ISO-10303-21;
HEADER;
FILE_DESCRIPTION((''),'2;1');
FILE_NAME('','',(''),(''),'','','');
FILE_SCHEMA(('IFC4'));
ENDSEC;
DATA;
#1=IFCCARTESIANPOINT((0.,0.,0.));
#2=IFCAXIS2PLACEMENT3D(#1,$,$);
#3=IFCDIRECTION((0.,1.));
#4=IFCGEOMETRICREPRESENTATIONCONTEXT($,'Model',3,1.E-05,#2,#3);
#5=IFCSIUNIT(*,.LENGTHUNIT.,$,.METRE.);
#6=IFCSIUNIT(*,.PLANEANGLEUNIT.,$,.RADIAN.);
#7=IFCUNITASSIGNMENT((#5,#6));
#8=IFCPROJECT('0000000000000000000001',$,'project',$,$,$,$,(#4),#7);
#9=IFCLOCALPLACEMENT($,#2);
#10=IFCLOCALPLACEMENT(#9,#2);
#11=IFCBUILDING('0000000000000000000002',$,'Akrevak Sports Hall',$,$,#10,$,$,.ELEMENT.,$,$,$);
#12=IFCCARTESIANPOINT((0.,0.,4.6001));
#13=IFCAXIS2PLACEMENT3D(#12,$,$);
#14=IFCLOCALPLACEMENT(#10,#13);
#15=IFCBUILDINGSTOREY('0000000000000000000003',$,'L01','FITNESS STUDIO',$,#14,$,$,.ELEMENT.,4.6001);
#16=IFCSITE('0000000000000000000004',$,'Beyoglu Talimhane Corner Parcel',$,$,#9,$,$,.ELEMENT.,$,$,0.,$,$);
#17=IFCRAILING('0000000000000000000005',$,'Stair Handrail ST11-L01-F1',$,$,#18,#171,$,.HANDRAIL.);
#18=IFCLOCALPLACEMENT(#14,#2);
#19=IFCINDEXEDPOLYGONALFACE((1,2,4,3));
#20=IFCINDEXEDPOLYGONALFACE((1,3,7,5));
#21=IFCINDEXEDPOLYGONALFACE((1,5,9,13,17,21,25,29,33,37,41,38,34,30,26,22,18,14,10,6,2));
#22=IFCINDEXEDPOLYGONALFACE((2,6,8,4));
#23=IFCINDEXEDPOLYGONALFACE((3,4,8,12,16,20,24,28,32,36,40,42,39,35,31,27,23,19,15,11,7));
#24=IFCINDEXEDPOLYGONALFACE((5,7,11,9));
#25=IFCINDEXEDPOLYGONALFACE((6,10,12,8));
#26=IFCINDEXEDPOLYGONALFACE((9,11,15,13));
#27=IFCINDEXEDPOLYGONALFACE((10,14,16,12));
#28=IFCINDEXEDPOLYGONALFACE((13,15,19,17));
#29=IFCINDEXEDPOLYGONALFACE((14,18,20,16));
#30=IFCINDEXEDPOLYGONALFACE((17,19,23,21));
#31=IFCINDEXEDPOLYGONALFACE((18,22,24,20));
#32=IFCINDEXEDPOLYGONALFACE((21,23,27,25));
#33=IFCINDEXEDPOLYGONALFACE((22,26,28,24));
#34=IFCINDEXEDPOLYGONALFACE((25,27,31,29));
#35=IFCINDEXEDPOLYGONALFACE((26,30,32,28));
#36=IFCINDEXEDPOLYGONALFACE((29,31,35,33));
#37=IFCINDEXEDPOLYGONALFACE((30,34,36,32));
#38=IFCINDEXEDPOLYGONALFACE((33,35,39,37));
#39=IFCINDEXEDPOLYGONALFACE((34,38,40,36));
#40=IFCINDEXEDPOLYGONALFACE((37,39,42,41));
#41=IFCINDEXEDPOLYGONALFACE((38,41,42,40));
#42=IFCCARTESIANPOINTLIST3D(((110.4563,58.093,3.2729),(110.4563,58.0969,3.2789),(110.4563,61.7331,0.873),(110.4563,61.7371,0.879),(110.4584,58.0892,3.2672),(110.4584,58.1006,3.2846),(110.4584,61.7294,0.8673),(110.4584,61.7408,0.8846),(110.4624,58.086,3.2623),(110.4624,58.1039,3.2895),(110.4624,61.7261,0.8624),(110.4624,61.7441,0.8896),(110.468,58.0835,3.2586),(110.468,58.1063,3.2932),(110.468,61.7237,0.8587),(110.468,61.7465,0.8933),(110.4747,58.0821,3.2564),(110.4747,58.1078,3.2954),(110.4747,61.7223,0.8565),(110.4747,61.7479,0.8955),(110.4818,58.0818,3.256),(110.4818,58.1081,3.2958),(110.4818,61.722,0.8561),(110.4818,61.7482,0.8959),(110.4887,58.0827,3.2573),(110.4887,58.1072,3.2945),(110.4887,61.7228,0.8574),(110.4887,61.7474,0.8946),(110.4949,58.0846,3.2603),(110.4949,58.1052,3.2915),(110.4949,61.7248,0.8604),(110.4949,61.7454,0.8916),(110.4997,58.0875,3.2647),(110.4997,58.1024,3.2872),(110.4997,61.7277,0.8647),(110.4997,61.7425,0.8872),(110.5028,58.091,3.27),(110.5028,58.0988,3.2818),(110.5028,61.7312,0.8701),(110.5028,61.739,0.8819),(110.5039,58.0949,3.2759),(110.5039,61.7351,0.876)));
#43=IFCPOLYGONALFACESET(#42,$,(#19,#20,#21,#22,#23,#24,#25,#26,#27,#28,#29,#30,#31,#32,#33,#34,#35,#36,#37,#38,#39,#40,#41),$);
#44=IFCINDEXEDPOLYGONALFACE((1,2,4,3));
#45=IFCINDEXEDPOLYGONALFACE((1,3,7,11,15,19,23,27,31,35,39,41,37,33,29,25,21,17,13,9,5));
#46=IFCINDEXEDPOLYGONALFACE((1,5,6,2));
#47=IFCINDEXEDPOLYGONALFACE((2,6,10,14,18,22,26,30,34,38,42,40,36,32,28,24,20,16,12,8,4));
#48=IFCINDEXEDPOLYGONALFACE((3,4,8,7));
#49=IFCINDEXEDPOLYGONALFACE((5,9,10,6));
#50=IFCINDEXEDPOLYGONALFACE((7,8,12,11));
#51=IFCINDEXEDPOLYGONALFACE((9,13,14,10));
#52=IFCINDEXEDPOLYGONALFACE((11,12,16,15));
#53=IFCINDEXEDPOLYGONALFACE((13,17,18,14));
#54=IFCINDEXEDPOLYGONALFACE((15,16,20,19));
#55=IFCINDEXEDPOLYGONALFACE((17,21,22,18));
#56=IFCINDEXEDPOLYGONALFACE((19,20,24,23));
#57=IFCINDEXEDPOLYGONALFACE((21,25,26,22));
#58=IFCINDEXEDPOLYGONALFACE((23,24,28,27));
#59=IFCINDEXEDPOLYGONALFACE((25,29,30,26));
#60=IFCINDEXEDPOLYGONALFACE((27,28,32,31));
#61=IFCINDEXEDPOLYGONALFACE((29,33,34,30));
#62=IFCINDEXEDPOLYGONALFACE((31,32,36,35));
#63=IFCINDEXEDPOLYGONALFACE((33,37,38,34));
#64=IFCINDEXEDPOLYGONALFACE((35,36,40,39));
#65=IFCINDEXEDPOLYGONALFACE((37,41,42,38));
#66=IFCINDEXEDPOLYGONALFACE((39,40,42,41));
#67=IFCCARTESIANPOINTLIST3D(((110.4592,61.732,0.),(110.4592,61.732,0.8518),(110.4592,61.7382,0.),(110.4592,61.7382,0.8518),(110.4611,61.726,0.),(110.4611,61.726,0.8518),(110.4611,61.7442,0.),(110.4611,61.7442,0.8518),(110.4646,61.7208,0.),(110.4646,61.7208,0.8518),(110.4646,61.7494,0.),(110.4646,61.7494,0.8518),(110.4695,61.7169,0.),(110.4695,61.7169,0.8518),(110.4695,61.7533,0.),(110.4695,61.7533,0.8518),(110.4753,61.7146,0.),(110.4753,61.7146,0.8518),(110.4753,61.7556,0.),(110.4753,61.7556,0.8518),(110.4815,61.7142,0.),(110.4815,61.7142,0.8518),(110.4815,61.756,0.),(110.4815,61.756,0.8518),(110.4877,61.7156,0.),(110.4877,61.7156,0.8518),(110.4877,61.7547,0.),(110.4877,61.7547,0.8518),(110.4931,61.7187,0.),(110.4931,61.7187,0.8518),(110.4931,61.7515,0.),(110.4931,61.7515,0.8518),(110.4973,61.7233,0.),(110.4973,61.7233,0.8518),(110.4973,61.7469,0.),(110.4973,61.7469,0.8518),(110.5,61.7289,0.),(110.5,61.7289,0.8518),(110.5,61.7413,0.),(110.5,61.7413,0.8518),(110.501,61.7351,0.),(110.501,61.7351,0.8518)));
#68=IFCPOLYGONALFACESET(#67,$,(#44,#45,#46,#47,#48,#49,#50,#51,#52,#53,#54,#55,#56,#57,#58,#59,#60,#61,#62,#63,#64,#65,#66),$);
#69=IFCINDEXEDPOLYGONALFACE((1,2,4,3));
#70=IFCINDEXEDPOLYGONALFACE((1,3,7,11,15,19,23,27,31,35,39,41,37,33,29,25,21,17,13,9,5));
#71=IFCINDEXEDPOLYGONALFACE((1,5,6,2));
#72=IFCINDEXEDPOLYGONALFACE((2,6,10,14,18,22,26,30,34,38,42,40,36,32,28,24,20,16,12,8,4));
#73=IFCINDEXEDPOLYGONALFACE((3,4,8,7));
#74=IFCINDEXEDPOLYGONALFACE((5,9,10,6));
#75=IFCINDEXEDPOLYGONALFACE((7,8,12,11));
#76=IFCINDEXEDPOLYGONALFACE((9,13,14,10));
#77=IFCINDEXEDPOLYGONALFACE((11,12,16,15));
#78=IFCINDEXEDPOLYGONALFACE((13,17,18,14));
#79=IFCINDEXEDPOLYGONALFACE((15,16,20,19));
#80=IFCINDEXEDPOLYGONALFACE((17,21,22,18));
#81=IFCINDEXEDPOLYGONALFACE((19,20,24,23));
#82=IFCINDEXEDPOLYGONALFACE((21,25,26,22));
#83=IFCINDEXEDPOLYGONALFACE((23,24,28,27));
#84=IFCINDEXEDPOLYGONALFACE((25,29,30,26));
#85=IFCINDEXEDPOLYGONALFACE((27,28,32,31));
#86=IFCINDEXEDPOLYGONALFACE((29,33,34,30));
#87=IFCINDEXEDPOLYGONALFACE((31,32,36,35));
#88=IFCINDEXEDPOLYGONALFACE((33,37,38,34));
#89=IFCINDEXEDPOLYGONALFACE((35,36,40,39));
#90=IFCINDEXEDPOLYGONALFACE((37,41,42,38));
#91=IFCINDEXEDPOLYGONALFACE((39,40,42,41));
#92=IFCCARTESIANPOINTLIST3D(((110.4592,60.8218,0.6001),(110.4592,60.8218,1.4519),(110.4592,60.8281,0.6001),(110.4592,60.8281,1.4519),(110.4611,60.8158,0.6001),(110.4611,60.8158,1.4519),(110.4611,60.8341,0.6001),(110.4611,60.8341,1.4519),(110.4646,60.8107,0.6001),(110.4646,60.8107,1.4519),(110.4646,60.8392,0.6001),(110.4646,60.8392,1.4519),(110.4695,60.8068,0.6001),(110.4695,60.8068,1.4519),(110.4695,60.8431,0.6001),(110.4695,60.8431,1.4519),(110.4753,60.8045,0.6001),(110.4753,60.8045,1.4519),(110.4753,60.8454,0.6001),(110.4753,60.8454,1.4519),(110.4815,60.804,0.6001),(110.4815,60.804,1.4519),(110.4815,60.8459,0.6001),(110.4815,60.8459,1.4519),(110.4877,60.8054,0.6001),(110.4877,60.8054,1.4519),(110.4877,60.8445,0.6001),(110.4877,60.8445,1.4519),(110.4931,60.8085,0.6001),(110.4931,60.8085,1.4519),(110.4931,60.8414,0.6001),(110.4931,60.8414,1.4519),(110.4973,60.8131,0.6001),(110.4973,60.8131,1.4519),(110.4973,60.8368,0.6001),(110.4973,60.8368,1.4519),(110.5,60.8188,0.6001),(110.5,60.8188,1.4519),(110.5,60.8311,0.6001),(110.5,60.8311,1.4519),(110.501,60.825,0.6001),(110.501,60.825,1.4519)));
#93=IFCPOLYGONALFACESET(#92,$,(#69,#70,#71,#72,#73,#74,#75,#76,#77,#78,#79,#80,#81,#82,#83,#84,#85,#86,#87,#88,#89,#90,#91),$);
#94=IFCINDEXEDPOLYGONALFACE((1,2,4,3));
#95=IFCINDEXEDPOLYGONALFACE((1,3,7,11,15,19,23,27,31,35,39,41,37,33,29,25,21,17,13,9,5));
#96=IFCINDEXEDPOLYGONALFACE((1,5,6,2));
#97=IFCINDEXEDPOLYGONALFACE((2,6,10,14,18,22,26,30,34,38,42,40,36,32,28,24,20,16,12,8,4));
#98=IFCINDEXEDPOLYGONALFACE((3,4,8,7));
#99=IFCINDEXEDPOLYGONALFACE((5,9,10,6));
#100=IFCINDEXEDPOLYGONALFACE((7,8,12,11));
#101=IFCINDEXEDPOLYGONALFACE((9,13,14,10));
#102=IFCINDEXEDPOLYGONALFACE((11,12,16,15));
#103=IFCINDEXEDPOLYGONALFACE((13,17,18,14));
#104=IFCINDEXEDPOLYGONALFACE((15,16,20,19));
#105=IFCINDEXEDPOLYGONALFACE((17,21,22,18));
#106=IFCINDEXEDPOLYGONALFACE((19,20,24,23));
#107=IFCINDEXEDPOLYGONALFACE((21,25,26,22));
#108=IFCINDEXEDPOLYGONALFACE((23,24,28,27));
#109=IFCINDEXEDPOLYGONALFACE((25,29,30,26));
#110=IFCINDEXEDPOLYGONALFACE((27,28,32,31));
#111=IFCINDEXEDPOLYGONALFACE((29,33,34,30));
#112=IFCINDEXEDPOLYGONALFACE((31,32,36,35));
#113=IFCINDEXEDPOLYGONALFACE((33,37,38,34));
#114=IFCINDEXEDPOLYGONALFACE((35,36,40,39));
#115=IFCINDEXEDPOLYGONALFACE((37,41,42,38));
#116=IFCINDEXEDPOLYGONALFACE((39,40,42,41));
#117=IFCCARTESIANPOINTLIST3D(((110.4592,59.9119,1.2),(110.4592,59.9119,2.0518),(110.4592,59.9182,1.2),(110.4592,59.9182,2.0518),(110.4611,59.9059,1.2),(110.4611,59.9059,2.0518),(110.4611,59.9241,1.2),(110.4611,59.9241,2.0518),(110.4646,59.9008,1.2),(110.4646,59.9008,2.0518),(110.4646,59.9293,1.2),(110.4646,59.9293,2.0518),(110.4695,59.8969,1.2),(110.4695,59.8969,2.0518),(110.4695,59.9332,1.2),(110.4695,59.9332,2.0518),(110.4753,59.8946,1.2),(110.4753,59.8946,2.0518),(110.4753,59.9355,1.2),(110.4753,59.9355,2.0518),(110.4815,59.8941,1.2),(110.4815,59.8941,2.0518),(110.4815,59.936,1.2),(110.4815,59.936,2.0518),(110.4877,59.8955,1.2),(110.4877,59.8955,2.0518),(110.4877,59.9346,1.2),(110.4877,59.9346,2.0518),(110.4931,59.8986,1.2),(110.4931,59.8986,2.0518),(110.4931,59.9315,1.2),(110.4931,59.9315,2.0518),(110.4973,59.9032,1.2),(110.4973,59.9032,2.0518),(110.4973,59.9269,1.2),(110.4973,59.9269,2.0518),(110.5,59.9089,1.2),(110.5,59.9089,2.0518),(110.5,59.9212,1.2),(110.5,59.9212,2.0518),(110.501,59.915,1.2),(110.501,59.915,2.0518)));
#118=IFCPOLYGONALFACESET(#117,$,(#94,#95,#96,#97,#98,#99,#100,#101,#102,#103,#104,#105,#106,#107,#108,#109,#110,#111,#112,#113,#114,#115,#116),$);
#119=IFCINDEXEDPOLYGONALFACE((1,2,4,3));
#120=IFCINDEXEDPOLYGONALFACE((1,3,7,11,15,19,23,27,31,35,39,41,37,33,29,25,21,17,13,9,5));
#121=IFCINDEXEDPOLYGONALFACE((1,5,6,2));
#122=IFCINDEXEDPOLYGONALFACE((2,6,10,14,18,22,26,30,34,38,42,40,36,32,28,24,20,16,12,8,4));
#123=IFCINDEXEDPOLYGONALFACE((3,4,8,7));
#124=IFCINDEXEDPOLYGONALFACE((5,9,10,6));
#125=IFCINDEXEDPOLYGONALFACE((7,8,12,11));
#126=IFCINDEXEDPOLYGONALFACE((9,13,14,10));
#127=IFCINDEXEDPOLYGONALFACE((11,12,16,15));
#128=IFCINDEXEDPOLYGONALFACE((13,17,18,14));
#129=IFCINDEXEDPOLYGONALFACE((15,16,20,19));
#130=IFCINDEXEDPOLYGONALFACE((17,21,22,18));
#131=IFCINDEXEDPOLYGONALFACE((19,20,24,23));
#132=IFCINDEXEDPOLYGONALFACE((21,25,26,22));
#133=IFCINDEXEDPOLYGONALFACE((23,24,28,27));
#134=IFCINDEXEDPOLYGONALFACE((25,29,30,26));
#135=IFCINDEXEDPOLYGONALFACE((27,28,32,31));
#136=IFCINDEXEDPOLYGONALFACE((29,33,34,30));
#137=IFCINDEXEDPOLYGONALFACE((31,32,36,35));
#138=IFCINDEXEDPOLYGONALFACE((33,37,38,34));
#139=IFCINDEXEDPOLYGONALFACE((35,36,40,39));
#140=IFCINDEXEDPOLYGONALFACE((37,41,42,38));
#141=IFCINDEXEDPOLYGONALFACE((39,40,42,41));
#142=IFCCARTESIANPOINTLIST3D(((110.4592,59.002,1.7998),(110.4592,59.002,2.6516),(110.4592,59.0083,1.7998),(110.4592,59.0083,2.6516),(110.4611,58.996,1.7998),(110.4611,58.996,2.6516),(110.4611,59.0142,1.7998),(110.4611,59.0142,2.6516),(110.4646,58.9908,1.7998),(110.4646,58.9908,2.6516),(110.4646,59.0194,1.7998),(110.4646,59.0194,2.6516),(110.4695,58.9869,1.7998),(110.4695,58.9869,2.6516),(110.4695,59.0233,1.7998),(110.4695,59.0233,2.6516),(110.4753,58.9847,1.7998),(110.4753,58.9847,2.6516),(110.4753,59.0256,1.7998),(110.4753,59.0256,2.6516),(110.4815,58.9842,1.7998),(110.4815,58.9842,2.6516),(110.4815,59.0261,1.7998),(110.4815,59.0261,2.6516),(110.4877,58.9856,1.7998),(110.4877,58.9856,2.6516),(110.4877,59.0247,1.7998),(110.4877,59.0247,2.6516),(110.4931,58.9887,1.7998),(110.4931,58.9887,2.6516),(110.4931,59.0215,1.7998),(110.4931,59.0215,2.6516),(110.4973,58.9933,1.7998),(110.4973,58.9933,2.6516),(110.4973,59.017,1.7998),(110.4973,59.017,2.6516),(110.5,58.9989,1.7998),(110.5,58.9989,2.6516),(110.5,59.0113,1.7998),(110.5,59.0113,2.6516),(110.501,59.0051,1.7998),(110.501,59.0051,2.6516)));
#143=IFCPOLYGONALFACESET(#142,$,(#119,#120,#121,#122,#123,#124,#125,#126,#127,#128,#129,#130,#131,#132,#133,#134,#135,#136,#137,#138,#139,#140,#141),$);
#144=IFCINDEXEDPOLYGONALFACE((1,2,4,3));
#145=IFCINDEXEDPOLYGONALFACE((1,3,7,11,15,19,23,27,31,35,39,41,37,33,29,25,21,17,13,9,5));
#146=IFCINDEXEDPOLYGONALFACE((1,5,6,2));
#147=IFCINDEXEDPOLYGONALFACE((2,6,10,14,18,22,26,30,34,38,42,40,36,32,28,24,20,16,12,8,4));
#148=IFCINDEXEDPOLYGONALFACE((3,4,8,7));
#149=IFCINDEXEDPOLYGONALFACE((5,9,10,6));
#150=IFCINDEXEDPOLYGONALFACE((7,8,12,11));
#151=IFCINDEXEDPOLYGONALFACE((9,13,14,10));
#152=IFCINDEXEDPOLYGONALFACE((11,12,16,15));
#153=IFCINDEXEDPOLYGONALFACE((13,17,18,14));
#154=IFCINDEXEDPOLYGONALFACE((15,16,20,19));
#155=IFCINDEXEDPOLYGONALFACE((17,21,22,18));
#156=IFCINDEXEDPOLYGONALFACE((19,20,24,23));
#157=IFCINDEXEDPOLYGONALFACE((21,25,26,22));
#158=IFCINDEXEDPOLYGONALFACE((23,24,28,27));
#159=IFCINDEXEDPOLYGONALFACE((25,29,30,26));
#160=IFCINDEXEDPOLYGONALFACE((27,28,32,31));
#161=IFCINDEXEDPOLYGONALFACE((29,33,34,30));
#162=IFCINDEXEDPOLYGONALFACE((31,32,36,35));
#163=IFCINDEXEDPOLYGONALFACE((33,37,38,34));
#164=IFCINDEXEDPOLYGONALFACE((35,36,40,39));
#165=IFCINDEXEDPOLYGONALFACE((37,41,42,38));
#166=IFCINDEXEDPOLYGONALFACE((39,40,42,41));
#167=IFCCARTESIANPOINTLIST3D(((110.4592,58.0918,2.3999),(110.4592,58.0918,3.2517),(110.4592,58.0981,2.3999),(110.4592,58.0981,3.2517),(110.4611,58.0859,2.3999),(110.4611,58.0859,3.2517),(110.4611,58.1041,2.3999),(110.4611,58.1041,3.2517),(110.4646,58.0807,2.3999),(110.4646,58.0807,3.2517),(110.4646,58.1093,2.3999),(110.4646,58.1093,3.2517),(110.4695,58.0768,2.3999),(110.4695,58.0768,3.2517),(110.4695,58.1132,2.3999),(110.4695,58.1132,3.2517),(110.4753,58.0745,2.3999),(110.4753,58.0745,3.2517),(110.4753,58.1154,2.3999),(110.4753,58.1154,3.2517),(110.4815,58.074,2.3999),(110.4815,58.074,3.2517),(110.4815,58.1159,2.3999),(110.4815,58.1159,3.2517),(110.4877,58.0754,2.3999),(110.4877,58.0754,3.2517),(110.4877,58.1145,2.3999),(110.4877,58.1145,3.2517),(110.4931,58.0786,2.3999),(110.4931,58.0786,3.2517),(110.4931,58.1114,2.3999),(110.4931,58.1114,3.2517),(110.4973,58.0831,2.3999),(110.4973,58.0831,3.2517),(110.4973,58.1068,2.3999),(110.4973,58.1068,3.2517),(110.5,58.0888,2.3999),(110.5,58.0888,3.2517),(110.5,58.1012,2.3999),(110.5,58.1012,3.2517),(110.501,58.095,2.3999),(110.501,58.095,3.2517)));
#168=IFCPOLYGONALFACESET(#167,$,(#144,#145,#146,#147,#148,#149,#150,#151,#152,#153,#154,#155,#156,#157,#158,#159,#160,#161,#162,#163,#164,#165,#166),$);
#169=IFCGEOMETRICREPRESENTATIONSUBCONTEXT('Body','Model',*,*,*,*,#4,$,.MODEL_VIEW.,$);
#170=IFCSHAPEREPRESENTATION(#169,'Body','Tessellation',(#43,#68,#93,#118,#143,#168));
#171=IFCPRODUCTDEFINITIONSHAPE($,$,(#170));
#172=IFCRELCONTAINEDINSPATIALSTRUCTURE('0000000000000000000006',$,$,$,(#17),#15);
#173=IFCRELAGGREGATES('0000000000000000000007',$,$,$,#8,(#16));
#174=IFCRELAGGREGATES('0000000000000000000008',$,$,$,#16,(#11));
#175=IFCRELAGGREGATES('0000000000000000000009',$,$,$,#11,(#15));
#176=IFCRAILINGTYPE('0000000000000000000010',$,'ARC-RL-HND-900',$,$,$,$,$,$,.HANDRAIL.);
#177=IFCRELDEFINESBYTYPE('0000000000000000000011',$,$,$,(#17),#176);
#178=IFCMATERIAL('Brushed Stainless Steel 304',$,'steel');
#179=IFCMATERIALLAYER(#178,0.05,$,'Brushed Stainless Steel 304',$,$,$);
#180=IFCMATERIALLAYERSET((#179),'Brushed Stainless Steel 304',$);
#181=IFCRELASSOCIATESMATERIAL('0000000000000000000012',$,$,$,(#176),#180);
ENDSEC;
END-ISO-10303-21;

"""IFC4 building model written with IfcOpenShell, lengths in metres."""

from ifc_helpers import new_model, si_unit, direction, frame, origin, origin_2d, place, context, subcontext, project, spatial, circle, extrude, material, layer, layer_set, type_object, element, save


model = new_model("IFC4")

# Units and contexts
model_context = context("Model", 3, precision=1e-05, world=origin(), true_north=direction((0.0, 1.0)))
body_context = subcontext(model_context, "Body", "Model", "MODEL_VIEW")
ifc_project = project(units=[si_unit("LENGTHUNIT", "METRE"), si_unit("PLANEANGLEUNIT", "RADIAN")], contexts=[model_context])

# Site, building, storey
site_placement = place(None, origin())
site = spatial("IfcSite", under=ifc_project, at=site_placement, Name="Beyoglu Talimhane Corner Parcel", CompositionType="ELEMENT", RefElevation=0.0)
building_placement = place(site_placement, origin())
building = spatial("IfcBuilding", under=site, at=building_placement, Name="Akrevak Sports Hall", CompositionType="ELEMENT")
storey_placement = place(building_placement, frame((0.0, 0.0, 4.6001)))
storey = spatial("IfcBuildingStorey", under=building, at=storey_placement, Name="L01", Description="FITNESS STUDIO", CompositionType="ELEMENT", Elevation=4.6001)

# Railing
ifc_material_1 = material(Name="Brushed Stainless Steel 304", Category="steel")
ifc_layer_1 = layer(ifc_material_1, 0.05, Name="Brushed Stainless Steel 304")
ifc_layer_set_1 = layer_set([ifc_layer_1], Name="Brushed Stainless Steel 304")
railing_type_1 = type_object("IfcRailingType", Name="ARC-RL-HND-900", PredefinedType="HANDRAIL", material=ifc_layer_set_1)
railing_1_placement = place(storey_placement, frame((110.48, 61.7351, 0.0)))
element("IfcRailing", 1, at=railing_1_placement, inside=storey, type_object=railing_type_1, Name="Stair Handrail ST11-L01-F1", PredefinedType="HANDRAIL", context=body_context, shape_type="SweptSolid", body=[
    extrude(circle(Radius=0.0239, at=origin_2d()), frame((0.0, 0.0, 0.876), z_axis=(0.0, -0.834882, 0.550429), x_axis=(1.0, 0.0, 0.0)), (0.0, 0.0, 1.0), 4.3601),
    extrude(circle(Radius=0.021, at=origin_2d()), origin(), (0.0, 0.0, 1.0), 0.8518),
    extrude(circle(Radius=0.021, at=origin_2d()), frame((0.0, -0.9102, 0.6001)), (0.0, 0.0, 1.0), 0.8518),
    extrude(circle(Radius=0.021, at=origin_2d()), frame((0.0, -1.8201, 1.2)), (0.0, 0.0, 1.0), 0.8518),
    extrude(circle(Radius=0.021, at=origin_2d()), frame((0.0, -2.73, 1.7998)), (0.0, 0.0, 1.0), 0.8518),
    extrude(circle(Radius=0.021, at=origin_2d()), frame((0.0, -3.6401, 2.3999)), (0.0, 0.0, 1.0), 0.8518),
])

save(model, "model.ifc")
